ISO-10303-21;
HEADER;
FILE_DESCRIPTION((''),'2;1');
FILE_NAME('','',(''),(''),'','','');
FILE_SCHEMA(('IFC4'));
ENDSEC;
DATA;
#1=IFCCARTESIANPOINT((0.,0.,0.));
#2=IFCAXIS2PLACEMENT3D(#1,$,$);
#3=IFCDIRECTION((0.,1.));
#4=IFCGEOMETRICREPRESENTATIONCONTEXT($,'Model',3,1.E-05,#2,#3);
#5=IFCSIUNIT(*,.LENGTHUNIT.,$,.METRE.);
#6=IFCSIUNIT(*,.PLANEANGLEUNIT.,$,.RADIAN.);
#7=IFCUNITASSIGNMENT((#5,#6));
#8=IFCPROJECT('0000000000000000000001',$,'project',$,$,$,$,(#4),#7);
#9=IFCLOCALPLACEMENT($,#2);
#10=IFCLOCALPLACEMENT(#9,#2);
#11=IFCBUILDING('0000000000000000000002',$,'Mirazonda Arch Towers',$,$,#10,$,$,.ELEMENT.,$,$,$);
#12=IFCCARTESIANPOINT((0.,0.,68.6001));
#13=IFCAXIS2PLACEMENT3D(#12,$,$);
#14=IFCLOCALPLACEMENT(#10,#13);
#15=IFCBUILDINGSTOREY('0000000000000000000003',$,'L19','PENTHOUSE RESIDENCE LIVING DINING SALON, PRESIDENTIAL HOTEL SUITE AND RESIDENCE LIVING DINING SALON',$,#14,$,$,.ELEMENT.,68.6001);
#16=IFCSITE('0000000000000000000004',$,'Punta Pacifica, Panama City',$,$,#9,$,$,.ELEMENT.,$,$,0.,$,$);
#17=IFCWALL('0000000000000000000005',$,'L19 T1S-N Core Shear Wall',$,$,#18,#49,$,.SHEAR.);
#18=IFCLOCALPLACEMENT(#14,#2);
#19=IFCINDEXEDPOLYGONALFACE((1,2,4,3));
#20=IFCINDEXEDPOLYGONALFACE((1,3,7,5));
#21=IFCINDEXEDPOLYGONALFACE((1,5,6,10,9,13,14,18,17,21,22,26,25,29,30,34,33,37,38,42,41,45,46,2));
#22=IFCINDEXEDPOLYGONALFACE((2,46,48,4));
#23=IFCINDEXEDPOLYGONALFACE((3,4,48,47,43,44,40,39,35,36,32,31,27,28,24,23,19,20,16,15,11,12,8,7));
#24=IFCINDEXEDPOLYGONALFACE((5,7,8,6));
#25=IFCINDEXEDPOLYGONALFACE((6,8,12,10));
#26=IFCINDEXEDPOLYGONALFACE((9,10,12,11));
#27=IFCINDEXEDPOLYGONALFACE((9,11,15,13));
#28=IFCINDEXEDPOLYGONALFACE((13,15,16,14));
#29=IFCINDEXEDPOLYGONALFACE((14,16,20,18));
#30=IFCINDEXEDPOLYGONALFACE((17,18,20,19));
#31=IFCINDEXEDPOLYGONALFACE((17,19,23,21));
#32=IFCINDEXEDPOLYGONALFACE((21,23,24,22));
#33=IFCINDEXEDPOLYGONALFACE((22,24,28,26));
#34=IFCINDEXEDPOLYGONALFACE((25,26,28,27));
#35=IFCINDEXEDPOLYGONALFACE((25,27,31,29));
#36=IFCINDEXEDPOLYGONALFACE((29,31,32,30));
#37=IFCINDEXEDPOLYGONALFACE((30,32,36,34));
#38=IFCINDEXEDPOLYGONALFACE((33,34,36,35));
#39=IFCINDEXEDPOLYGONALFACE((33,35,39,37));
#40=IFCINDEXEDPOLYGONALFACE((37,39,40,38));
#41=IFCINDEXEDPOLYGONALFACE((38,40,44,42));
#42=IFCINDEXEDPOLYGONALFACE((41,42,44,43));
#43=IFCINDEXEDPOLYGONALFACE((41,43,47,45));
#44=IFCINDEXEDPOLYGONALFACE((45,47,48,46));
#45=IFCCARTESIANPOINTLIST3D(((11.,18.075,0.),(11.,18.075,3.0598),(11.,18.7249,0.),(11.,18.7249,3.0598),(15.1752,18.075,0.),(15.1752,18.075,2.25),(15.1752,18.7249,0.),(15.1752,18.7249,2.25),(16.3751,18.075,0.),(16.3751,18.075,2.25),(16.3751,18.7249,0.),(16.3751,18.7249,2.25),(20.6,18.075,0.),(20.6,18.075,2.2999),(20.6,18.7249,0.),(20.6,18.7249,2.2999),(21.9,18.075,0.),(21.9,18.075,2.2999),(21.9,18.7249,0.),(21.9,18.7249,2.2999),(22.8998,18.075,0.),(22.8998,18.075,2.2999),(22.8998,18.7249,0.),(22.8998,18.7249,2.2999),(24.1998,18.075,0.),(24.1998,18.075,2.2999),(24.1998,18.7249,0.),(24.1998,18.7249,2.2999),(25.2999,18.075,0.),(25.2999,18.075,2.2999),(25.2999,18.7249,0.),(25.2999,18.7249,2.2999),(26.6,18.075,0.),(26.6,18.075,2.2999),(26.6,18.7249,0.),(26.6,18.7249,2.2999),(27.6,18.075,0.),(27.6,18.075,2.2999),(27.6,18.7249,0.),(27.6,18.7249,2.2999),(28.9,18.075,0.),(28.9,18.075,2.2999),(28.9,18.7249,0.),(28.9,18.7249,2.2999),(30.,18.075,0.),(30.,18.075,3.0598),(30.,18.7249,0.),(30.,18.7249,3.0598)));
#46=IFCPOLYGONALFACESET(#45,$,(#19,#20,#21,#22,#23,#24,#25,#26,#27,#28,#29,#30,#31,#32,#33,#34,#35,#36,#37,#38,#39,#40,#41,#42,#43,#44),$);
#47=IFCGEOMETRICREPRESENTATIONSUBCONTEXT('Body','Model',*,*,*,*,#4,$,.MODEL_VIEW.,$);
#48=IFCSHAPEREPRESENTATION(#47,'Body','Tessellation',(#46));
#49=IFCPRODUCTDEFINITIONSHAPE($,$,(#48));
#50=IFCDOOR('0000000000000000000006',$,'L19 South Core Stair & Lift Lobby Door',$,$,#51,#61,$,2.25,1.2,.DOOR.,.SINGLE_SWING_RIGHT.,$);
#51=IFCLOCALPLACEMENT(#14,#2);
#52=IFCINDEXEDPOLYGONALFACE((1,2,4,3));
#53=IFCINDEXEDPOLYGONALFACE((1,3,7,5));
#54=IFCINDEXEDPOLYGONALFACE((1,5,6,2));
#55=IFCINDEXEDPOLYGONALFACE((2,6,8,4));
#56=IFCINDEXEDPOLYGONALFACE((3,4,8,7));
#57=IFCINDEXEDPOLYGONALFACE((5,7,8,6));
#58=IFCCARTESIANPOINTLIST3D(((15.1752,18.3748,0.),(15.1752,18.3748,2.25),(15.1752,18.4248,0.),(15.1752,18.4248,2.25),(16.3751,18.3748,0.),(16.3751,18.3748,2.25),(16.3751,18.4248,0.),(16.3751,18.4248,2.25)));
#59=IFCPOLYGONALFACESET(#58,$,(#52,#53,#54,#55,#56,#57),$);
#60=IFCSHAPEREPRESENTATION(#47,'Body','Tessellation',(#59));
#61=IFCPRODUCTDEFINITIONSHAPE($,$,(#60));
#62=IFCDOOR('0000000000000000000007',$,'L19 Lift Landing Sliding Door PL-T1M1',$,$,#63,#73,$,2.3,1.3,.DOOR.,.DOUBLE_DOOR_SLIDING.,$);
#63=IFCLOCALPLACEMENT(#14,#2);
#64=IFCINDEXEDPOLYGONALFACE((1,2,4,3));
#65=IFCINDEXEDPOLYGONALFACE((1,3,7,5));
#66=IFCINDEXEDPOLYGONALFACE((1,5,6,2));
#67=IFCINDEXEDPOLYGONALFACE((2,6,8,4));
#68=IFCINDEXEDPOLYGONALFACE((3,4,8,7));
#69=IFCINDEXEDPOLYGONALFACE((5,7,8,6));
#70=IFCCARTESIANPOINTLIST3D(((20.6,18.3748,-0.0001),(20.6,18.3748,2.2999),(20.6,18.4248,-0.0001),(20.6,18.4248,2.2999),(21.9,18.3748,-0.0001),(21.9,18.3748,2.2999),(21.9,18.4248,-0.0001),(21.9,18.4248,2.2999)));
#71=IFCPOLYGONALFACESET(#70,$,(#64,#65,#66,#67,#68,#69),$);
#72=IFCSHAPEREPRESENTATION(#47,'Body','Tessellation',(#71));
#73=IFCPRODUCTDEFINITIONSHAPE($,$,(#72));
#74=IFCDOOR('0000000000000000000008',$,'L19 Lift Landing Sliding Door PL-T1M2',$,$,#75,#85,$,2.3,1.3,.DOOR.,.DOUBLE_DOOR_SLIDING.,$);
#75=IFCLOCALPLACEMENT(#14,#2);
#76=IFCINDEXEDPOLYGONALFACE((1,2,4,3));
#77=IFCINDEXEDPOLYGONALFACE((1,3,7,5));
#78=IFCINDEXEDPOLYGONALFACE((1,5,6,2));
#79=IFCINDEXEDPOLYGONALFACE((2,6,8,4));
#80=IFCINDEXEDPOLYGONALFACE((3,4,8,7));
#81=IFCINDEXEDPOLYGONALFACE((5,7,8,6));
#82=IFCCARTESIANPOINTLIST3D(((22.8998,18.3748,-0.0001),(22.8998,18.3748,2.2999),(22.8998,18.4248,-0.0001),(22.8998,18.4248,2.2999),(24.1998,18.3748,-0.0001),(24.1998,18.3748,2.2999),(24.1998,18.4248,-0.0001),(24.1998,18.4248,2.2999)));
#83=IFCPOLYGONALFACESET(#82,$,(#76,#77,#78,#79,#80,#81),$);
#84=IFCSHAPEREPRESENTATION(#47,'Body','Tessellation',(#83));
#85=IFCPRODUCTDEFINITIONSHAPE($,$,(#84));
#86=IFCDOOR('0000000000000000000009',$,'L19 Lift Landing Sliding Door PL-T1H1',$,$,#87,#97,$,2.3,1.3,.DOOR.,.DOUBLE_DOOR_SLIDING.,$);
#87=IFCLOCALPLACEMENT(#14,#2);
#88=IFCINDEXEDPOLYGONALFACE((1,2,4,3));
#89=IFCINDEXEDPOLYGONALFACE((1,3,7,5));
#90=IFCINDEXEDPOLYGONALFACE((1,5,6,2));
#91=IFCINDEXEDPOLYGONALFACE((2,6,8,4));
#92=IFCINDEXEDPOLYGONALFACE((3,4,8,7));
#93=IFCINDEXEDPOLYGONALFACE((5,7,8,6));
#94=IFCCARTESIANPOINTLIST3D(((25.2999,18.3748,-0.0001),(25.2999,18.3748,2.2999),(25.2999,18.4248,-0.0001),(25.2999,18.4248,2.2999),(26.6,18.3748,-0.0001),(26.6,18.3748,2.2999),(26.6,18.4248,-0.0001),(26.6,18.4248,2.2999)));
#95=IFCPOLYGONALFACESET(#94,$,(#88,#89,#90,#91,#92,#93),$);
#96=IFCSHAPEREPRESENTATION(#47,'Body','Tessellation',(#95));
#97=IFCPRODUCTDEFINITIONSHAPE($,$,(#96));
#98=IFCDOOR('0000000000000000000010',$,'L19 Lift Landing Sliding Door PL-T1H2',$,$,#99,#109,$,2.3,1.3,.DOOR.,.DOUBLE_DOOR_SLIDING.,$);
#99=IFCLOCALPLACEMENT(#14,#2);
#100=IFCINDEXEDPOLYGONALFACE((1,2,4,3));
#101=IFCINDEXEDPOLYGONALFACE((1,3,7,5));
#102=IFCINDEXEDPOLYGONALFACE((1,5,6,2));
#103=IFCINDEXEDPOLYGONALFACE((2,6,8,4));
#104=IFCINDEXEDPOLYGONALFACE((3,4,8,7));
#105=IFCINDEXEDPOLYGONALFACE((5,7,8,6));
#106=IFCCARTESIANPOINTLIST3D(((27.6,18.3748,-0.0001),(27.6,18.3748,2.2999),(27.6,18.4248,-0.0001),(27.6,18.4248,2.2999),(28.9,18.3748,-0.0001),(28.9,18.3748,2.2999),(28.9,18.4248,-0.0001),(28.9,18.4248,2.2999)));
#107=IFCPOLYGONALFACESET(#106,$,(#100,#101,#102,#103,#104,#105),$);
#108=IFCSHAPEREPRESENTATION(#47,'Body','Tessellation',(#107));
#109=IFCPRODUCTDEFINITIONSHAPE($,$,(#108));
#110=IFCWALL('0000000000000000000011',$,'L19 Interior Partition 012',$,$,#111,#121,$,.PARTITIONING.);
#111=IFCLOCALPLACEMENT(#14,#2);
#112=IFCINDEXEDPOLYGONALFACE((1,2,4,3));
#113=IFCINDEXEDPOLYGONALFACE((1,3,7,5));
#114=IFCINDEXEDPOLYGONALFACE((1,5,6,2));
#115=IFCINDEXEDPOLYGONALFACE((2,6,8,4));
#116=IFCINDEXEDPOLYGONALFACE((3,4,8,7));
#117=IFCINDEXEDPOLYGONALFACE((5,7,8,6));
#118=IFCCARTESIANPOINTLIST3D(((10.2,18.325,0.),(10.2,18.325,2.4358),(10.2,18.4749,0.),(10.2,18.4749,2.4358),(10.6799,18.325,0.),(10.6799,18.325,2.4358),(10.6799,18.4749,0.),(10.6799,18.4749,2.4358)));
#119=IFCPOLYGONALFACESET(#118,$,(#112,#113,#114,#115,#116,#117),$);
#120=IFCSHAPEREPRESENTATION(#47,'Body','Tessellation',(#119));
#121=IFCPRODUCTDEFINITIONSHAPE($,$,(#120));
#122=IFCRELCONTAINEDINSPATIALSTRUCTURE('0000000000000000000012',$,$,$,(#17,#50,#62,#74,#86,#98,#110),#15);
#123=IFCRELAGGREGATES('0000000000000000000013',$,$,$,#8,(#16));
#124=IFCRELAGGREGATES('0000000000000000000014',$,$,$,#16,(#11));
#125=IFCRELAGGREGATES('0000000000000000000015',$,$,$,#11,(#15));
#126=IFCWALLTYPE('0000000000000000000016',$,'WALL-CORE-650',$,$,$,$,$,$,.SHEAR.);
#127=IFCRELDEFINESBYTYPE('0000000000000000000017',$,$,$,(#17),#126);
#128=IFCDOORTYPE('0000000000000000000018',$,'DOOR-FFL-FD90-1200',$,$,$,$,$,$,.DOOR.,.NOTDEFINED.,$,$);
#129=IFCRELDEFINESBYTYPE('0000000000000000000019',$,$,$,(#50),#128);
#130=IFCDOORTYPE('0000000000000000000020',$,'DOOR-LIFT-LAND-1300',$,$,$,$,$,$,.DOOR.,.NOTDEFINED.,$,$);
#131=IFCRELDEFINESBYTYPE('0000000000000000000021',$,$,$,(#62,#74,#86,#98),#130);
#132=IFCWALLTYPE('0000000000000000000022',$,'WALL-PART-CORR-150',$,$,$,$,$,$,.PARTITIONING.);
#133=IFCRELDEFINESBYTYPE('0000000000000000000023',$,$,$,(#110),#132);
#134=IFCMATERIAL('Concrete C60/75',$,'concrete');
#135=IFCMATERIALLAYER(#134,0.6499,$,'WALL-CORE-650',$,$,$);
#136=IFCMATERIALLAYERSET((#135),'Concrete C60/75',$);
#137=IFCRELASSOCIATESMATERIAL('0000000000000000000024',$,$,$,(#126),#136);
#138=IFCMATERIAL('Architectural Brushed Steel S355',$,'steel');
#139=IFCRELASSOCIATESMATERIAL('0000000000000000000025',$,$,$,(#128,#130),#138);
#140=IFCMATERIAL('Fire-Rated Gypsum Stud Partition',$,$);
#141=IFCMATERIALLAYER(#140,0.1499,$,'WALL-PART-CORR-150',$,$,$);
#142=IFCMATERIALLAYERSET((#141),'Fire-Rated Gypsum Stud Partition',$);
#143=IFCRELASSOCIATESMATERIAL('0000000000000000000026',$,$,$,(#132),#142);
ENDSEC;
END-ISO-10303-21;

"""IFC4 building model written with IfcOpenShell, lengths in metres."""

from ifc_helpers import new_model, si_unit, direction, frame, frame_2d, origin, place, context, subcontext, project, spatial, rectangle, extrude, material, layer, layer_set, type_object, element, fill, save


model = new_model("IFC4")

# Units and contexts
model_context = context("Model", 3, precision=1e-05, world=origin(), true_north=direction((0.0, 1.0)))
body_context = subcontext(model_context, "Body", "Model", "MODEL_VIEW")
ifc_project = project(units=[si_unit("LENGTHUNIT", "METRE"), si_unit("PLANEANGLEUNIT", "RADIAN")], contexts=[model_context])

# Site, building, storey
site_placement = place(None, origin())
site = spatial("IfcSite", under=ifc_project, at=site_placement, Name="Punta Pacifica, Panama City", CompositionType="ELEMENT", RefElevation=0.0)
building_placement = place(site_placement, origin())
building = spatial("IfcBuilding", under=site, at=building_placement, Name="Mirazonda Arch Towers", CompositionType="ELEMENT")
storey_placement = place(building_placement, frame((0.0, 0.0, 68.6001)))
storey = spatial("IfcBuildingStorey", under=building, at=storey_placement, Name="L19", Description="PENTHOUSE RESIDENCE LIVING DINING SALON, PRESIDENTIAL HOTEL SUITE AND RESIDENCE LIVING DINING SALON", CompositionType="ELEMENT", Elevation=68.6001)

# Shared definitions
ifc_material_1 = material(Name="Concrete C60/75", Category="concrete")

# Shared definitions
ifc_material_2 = material(Name="Architectural Brushed Steel S355", Category="steel")

# Wall, openings, doors
ifc_layer_1 = layer(ifc_material_1, 0.6499, Name="WALL-CORE-650")
ifc_layer_set_1 = layer_set([ifc_layer_1], Name="Concrete C60/75")
wall_type_1 = type_object("IfcWallType", Name="WALL-CORE-650", PredefinedType="SHEAR", material=ifc_layer_set_1)
wall_1_placement = place(storey_placement, frame((11.0, 18.3999, 0.0), z_axis=(0.0, 0.0, 1.0), x_axis=(1.0, 0.0, 0.0)))
wall_1 = element("IfcWall", 1, at=wall_1_placement, inside=storey, type_object=wall_type_1, Name="L19 T1S-N Core Shear Wall", PredefinedType="SHEAR", context=body_context, shape_type="SweptSolid", body=[
    extrude(rectangle(XDim=19.0, YDim=0.6499, at=frame_2d((9.5, 0.0))), origin(), (0.0, 0.0, 1.0), 3.0598),
])
opening_1_placement = place(wall_1_placement, frame((4.175, 0.0, 0.0)))
opening_1 = element("IfcOpeningElement", 2, at=opening_1_placement, cuts=wall_1, PredefinedType="OPENING", context=body_context, shape_type="SweptSolid", body=[
    extrude(rectangle(XDim=1.2, YDim=2.25, at=frame_2d((0.6001, 1.125))), frame((0.0, 0.335, 0.0), z_axis=(0.0, -1.0, 0.0), x_axis=(1.0, 0.0, 0.0)), (0.0, 0.0, 1.0), 0.6699),
])
opening_2_placement = place(wall_1_placement, frame((9.6001, 0.0, 0.0)))
opening_2 = element("IfcOpeningElement", 3, at=opening_2_placement, cuts=wall_1, PredefinedType="OPENING", context=body_context, shape_type="SweptSolid", body=[
    extrude(rectangle(XDim=1.3, YDim=2.3, at=frame_2d((0.6499, 1.1499))), frame((0.0, 0.335, 0.0), z_axis=(0.0, -1.0, 0.0), x_axis=(1.0, 0.0, 0.0)), (0.0, 0.0, 1.0), 0.6699),
])
opening_3_placement = place(wall_1_placement, frame((11.8999, 0.0, 0.0)))
opening_3 = element("IfcOpeningElement", 4, at=opening_3_placement, cuts=wall_1, PredefinedType="OPENING", context=body_context, shape_type="SweptSolid", body=[
    extrude(rectangle(XDim=1.3, YDim=2.3, at=frame_2d((0.6499, 1.1499))), frame((0.0, 0.335, 0.0), z_axis=(0.0, -1.0, 0.0), x_axis=(1.0, 0.0, 0.0)), (0.0, 0.0, 1.0), 0.6699),
])
opening_4_placement = place(wall_1_placement, frame((14.3, 0.0, 0.0)))
opening_4 = element("IfcOpeningElement", 5, at=opening_4_placement, cuts=wall_1, PredefinedType="OPENING", context=body_context, shape_type="SweptSolid", body=[
    extrude(rectangle(XDim=1.3, YDim=2.3, at=frame_2d((0.6499, 1.1499))), frame((0.0, 0.335, 0.0), z_axis=(0.0, -1.0, 0.0), x_axis=(1.0, 0.0, 0.0)), (0.0, 0.0, 1.0), 0.6699),
])
opening_5_placement = place(wall_1_placement, frame((16.6001, 0.0, 0.0)))
opening_5 = element("IfcOpeningElement", 6, at=opening_5_placement, cuts=wall_1, PredefinedType="OPENING", context=body_context, shape_type="SweptSolid", body=[
    extrude(rectangle(XDim=1.3, YDim=2.3, at=frame_2d((0.6499, 1.1499))), frame((0.0, 0.335, 0.0), z_axis=(0.0, -1.0, 0.0), x_axis=(1.0, 0.0, 0.0)), (0.0, 0.0, 1.0), 0.6699),
])
door_type_1 = type_object("IfcDoorType", Name="DOOR-FFL-FD90-1200", OperationType="NOTDEFINED", PredefinedType="DOOR", material=ifc_material_2)
door_1_placement = place(opening_1_placement, origin())
door_1 = element("IfcDoor", 7, at=door_1_placement, inside=storey, type_object=door_type_1, Name="L19 South Core Stair & Lift Lobby Door", OperationType="SINGLE_SWING_RIGHT", OverallHeight=2.25, OverallWidth=1.2, PredefinedType="DOOR", context=body_context, shape_type="SweptSolid", body=[
    extrude(rectangle(XDim=1.2, YDim=2.25, at=frame_2d((0.6001, 1.125))), frame((0.0, 0.0249, 0.0), z_axis=(0.0, -1.0, 0.0), x_axis=(1.0, 0.0, 0.0)), (0.0, 0.0, 1.0), 0.05),
])
fill(opening_1, door_1)
door_type_2 = type_object("IfcDoorType", Name="DOOR-LIFT-LAND-1300", OperationType="NOTDEFINED", PredefinedType="DOOR", material=ifc_material_2)
door_2_placement = place(opening_2_placement, origin())
door_2 = element("IfcDoor", 8, at=door_2_placement, inside=storey, type_object=door_type_2, Name="L19 Lift Landing Sliding Door PL-T1M1", OperationType="DOUBLE_DOOR_SLIDING", OverallHeight=2.3, OverallWidth=1.3, PredefinedType="DOOR", context=body_context, shape_type="SweptSolid", body=[
    extrude(rectangle(XDim=1.3, YDim=2.3, at=frame_2d((0.6499, 1.1499))), frame((0.0, 0.0249, 0.0), z_axis=(0.0, -1.0, 0.0), x_axis=(1.0, 0.0, 0.0)), (0.0, 0.0, 1.0), 0.05),
])
fill(opening_2, door_2)
door_3_placement = place(opening_3_placement, origin())
door_3 = element("IfcDoor", 9, at=door_3_placement, inside=storey, type_object=door_type_2, Name="L19 Lift Landing Sliding Door PL-T1M2", OperationType="DOUBLE_DOOR_SLIDING", OverallHeight=2.3, OverallWidth=1.3, PredefinedType="DOOR", context=body_context, shape_type="SweptSolid", body=[
    extrude(rectangle(XDim=1.3, YDim=2.3, at=frame_2d((0.6499, 1.1499))), frame((0.0, 0.0249, 0.0), z_axis=(0.0, -1.0, 0.0), x_axis=(1.0, 0.0, 0.0)), (0.0, 0.0, 1.0), 0.05),
])
fill(opening_3, door_3)
door_4_placement = place(opening_4_placement, origin())
door_4 = element("IfcDoor", 10, at=door_4_placement, inside=storey, type_object=door_type_2, Name="L19 Lift Landing Sliding Door PL-T1H1", OperationType="DOUBLE_DOOR_SLIDING", OverallHeight=2.3, OverallWidth=1.3, PredefinedType="DOOR", context=body_context, shape_type="SweptSolid", body=[
    extrude(rectangle(XDim=1.3, YDim=2.3, at=frame_2d((0.6499, 1.1499))), frame((0.0, 0.0249, 0.0), z_axis=(0.0, -1.0, 0.0), x_axis=(1.0, 0.0, 0.0)), (0.0, 0.0, 1.0), 0.05),
])
fill(opening_4, door_4)
door_5_placement = place(opening_5_placement, origin())
door_5 = element("IfcDoor", 11, at=door_5_placement, inside=storey, type_object=door_type_2, Name="L19 Lift Landing Sliding Door PL-T1H2", OperationType="DOUBLE_DOOR_SLIDING", OverallHeight=2.3, OverallWidth=1.3, PredefinedType="DOOR", context=body_context, shape_type="SweptSolid", body=[
    extrude(rectangle(XDim=1.3, YDim=2.3, at=frame_2d((0.6499, 1.1499))), frame((0.0, 0.0249, 0.0), z_axis=(0.0, -1.0, 0.0), x_axis=(1.0, 0.0, 0.0)), (0.0, 0.0, 1.0), 0.05),
])
fill(opening_5, door_5)

# Wall
ifc_material_3 = material(Name="Fire-Rated Gypsum Stud Partition")
ifc_layer_2 = layer(ifc_material_3, 0.1499, Name="WALL-PART-CORR-150")
ifc_layer_set_2 = layer_set([ifc_layer_2], Name="Fire-Rated Gypsum Stud Partition")
wall_type_2 = type_object("IfcWallType", Name="WALL-PART-CORR-150", PredefinedType="PARTITIONING", material=ifc_layer_set_2)
wall_2_placement = place(storey_placement, frame((10.2, 18.3999, 0.0), z_axis=(0.0, 0.0, 1.0), x_axis=(1.0, 0.0, 0.0)))
element("IfcWall", 12, at=wall_2_placement, inside=storey, type_object=wall_type_2, Name="L19 Interior Partition 012", PredefinedType="PARTITIONING", context=body_context, shape_type="SweptSolid", body=[
    extrude(rectangle(XDim=0.48, YDim=0.1499, at=frame_2d((0.24, 0.0))), origin(), (0.0, 0.0, 1.0), 2.4358),
])

save(model, "model.ifc")
